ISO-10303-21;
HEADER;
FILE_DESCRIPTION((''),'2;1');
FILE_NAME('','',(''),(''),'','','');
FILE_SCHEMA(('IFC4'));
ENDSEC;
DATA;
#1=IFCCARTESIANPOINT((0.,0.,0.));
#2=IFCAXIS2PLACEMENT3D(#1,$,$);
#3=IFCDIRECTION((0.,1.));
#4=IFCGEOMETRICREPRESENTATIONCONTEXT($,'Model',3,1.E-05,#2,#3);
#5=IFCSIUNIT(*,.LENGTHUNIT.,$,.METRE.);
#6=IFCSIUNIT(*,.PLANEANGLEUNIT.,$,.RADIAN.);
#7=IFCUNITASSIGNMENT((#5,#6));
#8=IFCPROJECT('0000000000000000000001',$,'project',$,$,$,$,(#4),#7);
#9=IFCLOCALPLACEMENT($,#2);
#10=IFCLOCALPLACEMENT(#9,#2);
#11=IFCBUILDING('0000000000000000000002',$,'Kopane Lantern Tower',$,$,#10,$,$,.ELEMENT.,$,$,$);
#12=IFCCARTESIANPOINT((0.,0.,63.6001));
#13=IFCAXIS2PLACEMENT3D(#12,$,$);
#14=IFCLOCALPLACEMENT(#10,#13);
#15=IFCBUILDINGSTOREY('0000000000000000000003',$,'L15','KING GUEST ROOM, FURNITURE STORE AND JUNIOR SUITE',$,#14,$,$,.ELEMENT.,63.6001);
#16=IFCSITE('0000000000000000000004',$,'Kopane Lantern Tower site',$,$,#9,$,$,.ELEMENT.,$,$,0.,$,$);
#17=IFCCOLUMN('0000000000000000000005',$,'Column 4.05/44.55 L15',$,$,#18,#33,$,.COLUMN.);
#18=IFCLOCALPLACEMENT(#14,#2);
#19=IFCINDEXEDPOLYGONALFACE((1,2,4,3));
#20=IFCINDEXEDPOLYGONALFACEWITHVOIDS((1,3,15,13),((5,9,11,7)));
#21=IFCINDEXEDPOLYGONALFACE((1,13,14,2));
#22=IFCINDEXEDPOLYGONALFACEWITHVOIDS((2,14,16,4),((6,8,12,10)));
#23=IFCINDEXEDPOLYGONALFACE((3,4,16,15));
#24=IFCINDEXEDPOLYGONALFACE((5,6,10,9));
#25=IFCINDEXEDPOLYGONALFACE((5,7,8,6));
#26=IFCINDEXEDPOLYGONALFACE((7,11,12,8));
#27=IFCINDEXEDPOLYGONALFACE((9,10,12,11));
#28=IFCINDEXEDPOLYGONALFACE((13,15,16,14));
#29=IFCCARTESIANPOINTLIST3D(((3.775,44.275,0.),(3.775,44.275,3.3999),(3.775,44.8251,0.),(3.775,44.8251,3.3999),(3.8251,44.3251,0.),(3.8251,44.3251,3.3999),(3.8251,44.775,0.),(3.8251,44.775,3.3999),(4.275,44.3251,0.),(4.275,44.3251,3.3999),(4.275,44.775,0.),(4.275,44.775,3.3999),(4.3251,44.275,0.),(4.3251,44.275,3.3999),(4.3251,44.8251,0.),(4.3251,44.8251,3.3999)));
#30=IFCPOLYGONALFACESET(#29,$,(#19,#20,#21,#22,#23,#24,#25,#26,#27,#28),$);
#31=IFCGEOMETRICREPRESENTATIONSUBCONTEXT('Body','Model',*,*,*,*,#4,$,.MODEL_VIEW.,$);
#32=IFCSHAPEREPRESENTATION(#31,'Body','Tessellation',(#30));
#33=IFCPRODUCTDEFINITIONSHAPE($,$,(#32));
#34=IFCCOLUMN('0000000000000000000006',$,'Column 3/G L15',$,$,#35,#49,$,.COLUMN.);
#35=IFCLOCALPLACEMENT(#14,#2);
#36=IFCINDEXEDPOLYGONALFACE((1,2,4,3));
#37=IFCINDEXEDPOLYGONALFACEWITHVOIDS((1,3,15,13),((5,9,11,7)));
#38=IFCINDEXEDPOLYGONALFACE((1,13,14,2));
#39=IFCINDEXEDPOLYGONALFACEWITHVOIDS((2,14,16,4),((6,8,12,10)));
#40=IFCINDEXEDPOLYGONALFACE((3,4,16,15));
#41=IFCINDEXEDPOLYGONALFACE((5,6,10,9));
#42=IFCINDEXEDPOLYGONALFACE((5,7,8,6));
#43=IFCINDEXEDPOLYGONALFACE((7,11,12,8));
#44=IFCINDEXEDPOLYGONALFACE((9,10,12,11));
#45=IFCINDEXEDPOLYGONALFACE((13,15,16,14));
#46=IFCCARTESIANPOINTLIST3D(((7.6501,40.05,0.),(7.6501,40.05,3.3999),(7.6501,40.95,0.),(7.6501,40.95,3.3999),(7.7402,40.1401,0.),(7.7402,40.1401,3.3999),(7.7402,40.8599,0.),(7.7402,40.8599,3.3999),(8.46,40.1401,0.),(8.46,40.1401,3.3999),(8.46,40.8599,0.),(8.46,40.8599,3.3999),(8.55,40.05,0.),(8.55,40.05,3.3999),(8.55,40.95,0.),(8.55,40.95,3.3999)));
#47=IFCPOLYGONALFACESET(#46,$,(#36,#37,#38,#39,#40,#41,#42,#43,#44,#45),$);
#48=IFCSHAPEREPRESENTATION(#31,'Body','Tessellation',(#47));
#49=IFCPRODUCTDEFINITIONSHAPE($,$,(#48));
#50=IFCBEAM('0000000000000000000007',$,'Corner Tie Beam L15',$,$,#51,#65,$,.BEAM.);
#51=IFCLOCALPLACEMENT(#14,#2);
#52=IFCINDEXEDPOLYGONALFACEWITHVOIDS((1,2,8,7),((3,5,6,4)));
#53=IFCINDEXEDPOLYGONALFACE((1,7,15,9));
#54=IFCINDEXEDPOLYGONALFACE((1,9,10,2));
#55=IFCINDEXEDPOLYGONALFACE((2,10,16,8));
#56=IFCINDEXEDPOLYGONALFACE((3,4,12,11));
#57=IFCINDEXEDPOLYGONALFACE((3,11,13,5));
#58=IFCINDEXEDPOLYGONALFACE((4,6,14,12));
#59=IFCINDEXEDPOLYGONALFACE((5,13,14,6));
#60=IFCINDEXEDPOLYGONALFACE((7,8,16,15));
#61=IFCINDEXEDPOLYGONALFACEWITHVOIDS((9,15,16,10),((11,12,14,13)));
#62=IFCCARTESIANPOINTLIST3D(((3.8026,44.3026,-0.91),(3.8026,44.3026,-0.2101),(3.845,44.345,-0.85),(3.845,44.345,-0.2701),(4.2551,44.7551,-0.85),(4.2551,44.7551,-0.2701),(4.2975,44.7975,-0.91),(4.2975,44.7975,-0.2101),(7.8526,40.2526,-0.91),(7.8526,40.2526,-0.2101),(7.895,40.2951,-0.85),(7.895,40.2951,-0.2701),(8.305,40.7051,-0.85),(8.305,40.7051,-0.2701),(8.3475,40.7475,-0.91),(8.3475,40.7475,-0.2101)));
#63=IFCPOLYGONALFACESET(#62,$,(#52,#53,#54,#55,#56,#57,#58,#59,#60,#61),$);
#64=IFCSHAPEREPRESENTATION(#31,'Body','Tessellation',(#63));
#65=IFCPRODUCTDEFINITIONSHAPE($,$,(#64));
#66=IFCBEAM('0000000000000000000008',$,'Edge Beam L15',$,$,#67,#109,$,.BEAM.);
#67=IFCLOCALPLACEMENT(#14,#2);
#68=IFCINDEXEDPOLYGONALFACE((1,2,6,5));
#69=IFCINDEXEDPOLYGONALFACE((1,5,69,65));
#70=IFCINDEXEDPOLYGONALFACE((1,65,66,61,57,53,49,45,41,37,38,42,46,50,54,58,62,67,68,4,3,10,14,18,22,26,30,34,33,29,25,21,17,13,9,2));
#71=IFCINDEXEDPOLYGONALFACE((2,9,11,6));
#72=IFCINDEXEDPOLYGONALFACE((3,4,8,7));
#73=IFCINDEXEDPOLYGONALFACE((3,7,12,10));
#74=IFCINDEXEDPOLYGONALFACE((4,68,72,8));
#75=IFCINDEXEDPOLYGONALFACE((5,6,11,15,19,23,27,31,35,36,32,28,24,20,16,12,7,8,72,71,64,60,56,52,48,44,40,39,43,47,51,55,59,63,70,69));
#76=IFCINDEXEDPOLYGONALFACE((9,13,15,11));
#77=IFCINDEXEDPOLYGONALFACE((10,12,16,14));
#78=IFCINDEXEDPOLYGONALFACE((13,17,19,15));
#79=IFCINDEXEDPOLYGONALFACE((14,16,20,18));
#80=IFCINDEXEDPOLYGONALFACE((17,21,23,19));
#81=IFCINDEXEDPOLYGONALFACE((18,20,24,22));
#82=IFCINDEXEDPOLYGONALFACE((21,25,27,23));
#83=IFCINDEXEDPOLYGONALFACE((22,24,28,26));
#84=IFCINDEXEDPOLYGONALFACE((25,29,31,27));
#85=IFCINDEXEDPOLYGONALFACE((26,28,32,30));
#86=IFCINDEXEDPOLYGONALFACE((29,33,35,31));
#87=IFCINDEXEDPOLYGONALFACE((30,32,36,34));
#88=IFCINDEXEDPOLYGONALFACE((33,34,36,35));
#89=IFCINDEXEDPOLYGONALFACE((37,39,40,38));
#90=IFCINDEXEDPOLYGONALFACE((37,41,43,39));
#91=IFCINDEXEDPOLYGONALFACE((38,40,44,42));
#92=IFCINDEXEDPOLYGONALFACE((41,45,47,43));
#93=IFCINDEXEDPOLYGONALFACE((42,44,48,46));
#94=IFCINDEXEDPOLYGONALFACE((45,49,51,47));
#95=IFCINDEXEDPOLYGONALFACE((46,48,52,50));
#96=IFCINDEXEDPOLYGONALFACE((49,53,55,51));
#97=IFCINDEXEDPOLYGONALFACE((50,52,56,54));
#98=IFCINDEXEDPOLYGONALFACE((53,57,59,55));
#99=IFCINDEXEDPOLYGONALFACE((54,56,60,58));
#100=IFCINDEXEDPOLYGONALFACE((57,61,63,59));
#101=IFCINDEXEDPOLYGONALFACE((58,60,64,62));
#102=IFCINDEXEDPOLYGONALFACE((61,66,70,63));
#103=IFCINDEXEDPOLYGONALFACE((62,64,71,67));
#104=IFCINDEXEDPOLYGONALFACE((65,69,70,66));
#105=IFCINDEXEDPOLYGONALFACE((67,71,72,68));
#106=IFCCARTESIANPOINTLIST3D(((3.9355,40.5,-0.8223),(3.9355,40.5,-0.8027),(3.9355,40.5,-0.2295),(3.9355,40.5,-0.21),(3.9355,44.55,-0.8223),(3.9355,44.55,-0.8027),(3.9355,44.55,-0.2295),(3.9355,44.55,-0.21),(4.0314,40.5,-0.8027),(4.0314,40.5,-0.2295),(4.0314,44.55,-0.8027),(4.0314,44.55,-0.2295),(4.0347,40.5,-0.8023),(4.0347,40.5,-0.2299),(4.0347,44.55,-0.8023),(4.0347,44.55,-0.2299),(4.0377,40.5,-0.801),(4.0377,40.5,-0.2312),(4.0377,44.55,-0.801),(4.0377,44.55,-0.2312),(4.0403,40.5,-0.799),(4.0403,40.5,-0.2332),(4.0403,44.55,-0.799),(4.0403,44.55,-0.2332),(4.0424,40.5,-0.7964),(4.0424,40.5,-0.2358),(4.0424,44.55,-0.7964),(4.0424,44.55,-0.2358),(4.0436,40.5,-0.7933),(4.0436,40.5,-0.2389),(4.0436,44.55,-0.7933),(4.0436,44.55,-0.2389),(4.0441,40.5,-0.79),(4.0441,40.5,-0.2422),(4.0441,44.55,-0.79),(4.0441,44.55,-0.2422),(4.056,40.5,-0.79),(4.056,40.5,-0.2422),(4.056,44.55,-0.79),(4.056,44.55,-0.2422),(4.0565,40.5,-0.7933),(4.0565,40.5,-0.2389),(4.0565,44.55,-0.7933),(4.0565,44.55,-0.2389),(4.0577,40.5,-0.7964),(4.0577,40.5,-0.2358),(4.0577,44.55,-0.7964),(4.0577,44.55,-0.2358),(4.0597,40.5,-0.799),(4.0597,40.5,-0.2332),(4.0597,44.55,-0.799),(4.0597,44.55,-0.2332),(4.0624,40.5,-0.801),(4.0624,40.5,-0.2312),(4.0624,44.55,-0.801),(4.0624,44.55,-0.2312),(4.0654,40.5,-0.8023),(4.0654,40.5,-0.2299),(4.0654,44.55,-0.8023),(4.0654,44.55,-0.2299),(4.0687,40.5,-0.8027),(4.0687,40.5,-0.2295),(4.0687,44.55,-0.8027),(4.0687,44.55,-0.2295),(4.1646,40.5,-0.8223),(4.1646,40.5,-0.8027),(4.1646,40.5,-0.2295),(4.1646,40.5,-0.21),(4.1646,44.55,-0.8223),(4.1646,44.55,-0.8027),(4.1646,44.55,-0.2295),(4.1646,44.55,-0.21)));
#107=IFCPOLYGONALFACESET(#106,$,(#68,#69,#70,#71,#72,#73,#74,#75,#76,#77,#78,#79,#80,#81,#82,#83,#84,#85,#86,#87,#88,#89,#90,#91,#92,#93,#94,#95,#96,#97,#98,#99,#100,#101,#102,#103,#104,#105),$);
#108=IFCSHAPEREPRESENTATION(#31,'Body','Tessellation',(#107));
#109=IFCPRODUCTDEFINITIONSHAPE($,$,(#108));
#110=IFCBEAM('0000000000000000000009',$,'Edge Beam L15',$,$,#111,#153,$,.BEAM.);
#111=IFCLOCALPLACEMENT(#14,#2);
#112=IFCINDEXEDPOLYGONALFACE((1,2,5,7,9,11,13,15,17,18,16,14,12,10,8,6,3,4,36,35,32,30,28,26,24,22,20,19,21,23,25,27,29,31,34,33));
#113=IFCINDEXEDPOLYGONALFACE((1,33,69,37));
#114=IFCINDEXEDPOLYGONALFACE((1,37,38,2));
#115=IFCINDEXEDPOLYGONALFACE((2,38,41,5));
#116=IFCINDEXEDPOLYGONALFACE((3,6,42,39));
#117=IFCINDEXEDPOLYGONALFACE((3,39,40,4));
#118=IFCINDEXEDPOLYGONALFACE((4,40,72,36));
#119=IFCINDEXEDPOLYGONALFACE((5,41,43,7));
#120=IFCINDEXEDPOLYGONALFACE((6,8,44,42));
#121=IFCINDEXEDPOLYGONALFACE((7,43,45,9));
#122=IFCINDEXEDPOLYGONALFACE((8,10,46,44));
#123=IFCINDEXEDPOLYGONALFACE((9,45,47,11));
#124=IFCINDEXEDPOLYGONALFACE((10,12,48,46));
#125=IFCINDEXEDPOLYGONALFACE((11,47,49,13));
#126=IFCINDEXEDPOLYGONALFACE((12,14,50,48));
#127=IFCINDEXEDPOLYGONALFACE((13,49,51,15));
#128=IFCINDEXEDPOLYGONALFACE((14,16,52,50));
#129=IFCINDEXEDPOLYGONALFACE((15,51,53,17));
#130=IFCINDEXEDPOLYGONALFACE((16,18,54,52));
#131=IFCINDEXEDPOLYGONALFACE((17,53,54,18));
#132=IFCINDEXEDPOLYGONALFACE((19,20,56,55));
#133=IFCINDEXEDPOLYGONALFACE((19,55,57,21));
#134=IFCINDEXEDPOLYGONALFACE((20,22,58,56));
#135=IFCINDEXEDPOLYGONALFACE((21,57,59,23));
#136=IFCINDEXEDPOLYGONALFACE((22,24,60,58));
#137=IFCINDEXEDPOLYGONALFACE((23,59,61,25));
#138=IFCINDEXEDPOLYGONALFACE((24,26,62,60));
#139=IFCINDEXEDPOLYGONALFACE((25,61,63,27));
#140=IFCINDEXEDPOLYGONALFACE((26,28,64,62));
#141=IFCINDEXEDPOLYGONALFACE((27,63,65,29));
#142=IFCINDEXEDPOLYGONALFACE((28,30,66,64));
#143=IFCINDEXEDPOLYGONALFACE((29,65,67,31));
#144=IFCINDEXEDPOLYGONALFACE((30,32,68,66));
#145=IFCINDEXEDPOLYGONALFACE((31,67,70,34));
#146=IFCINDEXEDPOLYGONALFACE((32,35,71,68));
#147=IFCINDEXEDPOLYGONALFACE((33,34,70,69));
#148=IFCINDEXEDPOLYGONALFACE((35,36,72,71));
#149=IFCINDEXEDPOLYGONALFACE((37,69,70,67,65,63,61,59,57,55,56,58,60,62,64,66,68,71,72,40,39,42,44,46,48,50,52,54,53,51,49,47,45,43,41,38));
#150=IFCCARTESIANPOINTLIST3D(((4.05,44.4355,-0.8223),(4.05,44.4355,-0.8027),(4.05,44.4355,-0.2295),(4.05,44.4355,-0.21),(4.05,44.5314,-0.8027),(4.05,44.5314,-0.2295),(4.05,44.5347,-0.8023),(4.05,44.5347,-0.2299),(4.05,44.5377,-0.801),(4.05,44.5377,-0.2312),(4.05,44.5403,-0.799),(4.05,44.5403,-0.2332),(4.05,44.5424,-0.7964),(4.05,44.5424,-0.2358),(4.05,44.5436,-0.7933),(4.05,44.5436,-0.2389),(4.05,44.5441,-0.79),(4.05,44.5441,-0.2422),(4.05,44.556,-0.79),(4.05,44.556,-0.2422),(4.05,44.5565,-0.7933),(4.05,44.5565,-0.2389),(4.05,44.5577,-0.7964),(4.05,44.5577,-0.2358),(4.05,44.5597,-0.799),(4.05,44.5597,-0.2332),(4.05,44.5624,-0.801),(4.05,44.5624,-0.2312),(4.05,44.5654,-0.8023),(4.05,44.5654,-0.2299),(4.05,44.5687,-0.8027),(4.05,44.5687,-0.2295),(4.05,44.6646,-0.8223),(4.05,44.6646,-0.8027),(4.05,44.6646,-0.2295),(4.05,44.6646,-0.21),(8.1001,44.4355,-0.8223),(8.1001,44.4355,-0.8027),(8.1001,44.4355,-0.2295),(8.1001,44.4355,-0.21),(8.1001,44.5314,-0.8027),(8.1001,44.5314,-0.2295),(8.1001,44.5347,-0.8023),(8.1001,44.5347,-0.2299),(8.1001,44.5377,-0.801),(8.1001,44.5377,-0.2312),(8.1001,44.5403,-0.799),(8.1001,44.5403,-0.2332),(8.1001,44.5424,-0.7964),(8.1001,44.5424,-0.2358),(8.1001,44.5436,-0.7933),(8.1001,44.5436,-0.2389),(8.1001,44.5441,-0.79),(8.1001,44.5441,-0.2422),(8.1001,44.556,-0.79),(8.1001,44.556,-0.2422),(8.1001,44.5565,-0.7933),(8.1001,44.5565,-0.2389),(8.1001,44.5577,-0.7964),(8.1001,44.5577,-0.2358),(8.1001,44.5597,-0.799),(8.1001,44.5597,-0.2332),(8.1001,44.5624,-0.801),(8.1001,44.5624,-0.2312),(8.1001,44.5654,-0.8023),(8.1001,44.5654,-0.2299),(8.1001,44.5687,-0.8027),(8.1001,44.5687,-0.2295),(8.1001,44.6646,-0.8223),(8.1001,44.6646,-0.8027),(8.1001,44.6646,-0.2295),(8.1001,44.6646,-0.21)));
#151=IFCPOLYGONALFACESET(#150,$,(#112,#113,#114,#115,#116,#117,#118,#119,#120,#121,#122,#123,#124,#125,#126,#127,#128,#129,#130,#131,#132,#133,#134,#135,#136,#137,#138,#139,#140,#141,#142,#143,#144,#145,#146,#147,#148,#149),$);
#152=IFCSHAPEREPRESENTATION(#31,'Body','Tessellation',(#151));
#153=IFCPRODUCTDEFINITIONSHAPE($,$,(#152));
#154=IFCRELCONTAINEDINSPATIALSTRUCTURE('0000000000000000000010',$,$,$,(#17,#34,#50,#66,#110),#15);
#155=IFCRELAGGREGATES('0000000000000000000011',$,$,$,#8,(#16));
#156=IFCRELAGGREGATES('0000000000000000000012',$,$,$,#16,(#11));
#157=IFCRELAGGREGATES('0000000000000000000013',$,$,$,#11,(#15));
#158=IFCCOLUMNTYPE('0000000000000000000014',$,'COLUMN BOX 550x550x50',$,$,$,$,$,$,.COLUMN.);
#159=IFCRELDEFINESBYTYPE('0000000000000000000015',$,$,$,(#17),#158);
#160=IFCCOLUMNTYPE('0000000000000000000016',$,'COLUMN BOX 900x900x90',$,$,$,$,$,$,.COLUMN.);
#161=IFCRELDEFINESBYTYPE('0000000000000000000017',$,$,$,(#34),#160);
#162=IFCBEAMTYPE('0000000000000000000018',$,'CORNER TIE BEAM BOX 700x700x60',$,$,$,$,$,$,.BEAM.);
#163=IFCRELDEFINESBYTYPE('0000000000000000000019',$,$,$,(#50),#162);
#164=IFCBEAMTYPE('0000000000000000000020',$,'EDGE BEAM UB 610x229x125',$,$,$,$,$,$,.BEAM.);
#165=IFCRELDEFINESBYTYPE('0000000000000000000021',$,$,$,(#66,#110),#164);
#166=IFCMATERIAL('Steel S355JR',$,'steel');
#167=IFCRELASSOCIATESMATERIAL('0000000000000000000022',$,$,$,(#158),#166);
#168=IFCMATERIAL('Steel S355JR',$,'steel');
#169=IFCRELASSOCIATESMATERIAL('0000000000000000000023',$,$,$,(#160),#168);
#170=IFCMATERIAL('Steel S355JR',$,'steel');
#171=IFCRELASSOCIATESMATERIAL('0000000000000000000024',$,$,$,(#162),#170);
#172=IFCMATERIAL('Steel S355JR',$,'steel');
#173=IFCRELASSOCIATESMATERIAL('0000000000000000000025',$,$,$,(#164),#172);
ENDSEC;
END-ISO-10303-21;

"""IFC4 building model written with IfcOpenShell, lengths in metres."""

from ifc_helpers import new_model, si_unit, direction, frame, origin, origin_2d, place, context, subcontext, project, spatial, hollow_rectangle, i_section, extrude, material, material_profile, profile_set, type_object, element, save


model = new_model("IFC4")

# Units and contexts
model_context = context("Model", 3, precision=1e-05, world=origin(), true_north=direction((0.0, 1.0)))
body_context = subcontext(model_context, "Body", "Model", "MODEL_VIEW")
ifc_project = project(units=[si_unit("LENGTHUNIT", "METRE"), si_unit("PLANEANGLEUNIT", "RADIAN")], contexts=[model_context])

# Site, building, storey
site_placement = place(None, origin())
site = spatial("IfcSite", under=ifc_project, at=site_placement, Name="Kopane Lantern Tower site", CompositionType="ELEMENT", RefElevation=0.0)
building_placement = place(site_placement, origin())
building = spatial("IfcBuilding", under=site, at=building_placement, Name="Kopane Lantern Tower", CompositionType="ELEMENT")
storey_placement = place(building_placement, frame((0.0, 0.0, 63.6001)))
storey = spatial("IfcBuildingStorey", under=building, at=storey_placement, Name="L15", Description="KING GUEST ROOM, FURNITURE STORE AND JUNIOR SUITE", CompositionType="ELEMENT", Elevation=63.6001)

# Columns
ifc_material_1 = material(Name="Steel S355JR", Category="steel")
ifc_material_profile_1 = material_profile(ifc_material_1, hollow_rectangle(XDim=0.55, YDim=0.55, WallThickness=0.05, at=origin_2d()), Name="BOX 550x550x50")
ifc_profile_set_1 = profile_set([ifc_material_profile_1], Name="Steel S355JR")
column_type_1 = type_object("IfcColumnType", Name="COLUMN BOX 550x550x50", PredefinedType="COLUMN", material=ifc_profile_set_1)
column_1_placement = place(storey_placement, frame((4.05, 44.55, 0.0), z_axis=(0.0, 0.0, 1.0), x_axis=(1.0, 0.0, 0.0)))
element("IfcColumn", 1, at=column_1_placement, inside=storey, type_object=column_type_1, Name="Column 4.05/44.55 L15", PredefinedType="COLUMN", context=body_context, shape_type="SweptSolid", body=[
    extrude(hollow_rectangle(XDim=0.55, YDim=0.55, WallThickness=0.05, at=origin_2d()), origin(), (0.0, 0.0, 1.0), 3.3999),
])
ifc_material_2 = material(Name="Steel S355JR", Category="steel")
ifc_material_profile_2 = material_profile(ifc_material_2, hollow_rectangle(XDim=0.8999, YDim=0.8999, WallThickness=0.0901, at=origin_2d()), Name="BOX 900x900x90")
ifc_profile_set_2 = profile_set([ifc_material_profile_2], Name="Steel S355JR")
column_type_2 = type_object("IfcColumnType", Name="COLUMN BOX 900x900x90", PredefinedType="COLUMN", material=ifc_profile_set_2)
column_2_placement = place(storey_placement, frame((8.1001, 40.5, 0.0), z_axis=(0.0, 0.0, 1.0), x_axis=(1.0, 0.0, 0.0)))
element("IfcColumn", 2, at=column_2_placement, inside=storey, type_object=column_type_2, Name="Column 3/G L15", PredefinedType="COLUMN", context=body_context, shape_type="SweptSolid", body=[
    extrude(hollow_rectangle(XDim=0.8999, YDim=0.8999, WallThickness=0.0901, at=origin_2d()), origin(), (0.0, 0.0, 1.0), 3.3999),
])

# Beams
ifc_material_3 = material(Name="Steel S355JR", Category="steel")
ifc_material_profile_3 = material_profile(ifc_material_3, hollow_rectangle(XDim=0.7, YDim=0.7, WallThickness=0.0601, at=origin_2d()), Name="BOX 700x700x60")
ifc_profile_set_3 = profile_set([ifc_material_profile_3], Name="Steel S355JR")
beam_type_1 = type_object("IfcBeamType", Name="CORNER TIE BEAM BOX 700x700x60", PredefinedType="BEAM", material=ifc_profile_set_3)
beam_1_placement = place(storey_placement, frame((4.05, 44.55, -0.5601), z_axis=(0.707107, -0.707107, 0.0), x_axis=(0.707107, 0.707107, 0.0)))
element("IfcBeam", 3, at=beam_1_placement, inside=storey, type_object=beam_type_1, Name="Corner Tie Beam L15", PredefinedType="BEAM", context=body_context, shape_type="SweptSolid", body=[
    extrude(hollow_rectangle(XDim=0.7, YDim=0.7, WallThickness=0.0601, at=origin_2d()), origin(), (0.0, 0.0, 1.0), 5.7275),
])
ifc_material_4 = material(Name="Steel S355JR", Category="steel")
ifc_material_profile_4 = material_profile(ifc_material_4, i_section(OverallWidth=0.229, OverallDepth=0.6123, WebThickness=0.012, FlangeThickness=0.0195, FilletRadius=0.0127, at=origin_2d()), Name="UB 610x229x125")
ifc_profile_set_4 = profile_set([ifc_material_profile_4], Name="Steel S355JR")
beam_type_2 = type_object("IfcBeamType", Name="EDGE BEAM UB 610x229x125", PredefinedType="BEAM", material=ifc_profile_set_4)
for number, where, z_axis, x_axis, name in (
    (4, (4.05, 44.55, -0.5161), (0.0, -1.0, 0.0), (1.0, 0.0, 0.0), "Edge Beam L15"),
    (5, (4.05, 44.55, -0.5161), (1.0, 0.0, 0.0), (0.0, 1.0, 0.0), "Edge Beam L15"),
):
    element("IfcBeam", number, at=place(storey_placement, frame(where, z_axis=z_axis, x_axis=x_axis)), inside=storey, type_object=beam_type_2, Name=name, PredefinedType="BEAM", context=body_context, shape_type="SweptSolid", body=[
        extrude(i_section(OverallWidth=0.229, OverallDepth=0.6123, WebThickness=0.012, FlangeThickness=0.0195, FilletRadius=0.0127, at=origin_2d()), origin(), (0.0, 0.0, 1.0), 4.05),
    ])

save(model, "model.ifc")
